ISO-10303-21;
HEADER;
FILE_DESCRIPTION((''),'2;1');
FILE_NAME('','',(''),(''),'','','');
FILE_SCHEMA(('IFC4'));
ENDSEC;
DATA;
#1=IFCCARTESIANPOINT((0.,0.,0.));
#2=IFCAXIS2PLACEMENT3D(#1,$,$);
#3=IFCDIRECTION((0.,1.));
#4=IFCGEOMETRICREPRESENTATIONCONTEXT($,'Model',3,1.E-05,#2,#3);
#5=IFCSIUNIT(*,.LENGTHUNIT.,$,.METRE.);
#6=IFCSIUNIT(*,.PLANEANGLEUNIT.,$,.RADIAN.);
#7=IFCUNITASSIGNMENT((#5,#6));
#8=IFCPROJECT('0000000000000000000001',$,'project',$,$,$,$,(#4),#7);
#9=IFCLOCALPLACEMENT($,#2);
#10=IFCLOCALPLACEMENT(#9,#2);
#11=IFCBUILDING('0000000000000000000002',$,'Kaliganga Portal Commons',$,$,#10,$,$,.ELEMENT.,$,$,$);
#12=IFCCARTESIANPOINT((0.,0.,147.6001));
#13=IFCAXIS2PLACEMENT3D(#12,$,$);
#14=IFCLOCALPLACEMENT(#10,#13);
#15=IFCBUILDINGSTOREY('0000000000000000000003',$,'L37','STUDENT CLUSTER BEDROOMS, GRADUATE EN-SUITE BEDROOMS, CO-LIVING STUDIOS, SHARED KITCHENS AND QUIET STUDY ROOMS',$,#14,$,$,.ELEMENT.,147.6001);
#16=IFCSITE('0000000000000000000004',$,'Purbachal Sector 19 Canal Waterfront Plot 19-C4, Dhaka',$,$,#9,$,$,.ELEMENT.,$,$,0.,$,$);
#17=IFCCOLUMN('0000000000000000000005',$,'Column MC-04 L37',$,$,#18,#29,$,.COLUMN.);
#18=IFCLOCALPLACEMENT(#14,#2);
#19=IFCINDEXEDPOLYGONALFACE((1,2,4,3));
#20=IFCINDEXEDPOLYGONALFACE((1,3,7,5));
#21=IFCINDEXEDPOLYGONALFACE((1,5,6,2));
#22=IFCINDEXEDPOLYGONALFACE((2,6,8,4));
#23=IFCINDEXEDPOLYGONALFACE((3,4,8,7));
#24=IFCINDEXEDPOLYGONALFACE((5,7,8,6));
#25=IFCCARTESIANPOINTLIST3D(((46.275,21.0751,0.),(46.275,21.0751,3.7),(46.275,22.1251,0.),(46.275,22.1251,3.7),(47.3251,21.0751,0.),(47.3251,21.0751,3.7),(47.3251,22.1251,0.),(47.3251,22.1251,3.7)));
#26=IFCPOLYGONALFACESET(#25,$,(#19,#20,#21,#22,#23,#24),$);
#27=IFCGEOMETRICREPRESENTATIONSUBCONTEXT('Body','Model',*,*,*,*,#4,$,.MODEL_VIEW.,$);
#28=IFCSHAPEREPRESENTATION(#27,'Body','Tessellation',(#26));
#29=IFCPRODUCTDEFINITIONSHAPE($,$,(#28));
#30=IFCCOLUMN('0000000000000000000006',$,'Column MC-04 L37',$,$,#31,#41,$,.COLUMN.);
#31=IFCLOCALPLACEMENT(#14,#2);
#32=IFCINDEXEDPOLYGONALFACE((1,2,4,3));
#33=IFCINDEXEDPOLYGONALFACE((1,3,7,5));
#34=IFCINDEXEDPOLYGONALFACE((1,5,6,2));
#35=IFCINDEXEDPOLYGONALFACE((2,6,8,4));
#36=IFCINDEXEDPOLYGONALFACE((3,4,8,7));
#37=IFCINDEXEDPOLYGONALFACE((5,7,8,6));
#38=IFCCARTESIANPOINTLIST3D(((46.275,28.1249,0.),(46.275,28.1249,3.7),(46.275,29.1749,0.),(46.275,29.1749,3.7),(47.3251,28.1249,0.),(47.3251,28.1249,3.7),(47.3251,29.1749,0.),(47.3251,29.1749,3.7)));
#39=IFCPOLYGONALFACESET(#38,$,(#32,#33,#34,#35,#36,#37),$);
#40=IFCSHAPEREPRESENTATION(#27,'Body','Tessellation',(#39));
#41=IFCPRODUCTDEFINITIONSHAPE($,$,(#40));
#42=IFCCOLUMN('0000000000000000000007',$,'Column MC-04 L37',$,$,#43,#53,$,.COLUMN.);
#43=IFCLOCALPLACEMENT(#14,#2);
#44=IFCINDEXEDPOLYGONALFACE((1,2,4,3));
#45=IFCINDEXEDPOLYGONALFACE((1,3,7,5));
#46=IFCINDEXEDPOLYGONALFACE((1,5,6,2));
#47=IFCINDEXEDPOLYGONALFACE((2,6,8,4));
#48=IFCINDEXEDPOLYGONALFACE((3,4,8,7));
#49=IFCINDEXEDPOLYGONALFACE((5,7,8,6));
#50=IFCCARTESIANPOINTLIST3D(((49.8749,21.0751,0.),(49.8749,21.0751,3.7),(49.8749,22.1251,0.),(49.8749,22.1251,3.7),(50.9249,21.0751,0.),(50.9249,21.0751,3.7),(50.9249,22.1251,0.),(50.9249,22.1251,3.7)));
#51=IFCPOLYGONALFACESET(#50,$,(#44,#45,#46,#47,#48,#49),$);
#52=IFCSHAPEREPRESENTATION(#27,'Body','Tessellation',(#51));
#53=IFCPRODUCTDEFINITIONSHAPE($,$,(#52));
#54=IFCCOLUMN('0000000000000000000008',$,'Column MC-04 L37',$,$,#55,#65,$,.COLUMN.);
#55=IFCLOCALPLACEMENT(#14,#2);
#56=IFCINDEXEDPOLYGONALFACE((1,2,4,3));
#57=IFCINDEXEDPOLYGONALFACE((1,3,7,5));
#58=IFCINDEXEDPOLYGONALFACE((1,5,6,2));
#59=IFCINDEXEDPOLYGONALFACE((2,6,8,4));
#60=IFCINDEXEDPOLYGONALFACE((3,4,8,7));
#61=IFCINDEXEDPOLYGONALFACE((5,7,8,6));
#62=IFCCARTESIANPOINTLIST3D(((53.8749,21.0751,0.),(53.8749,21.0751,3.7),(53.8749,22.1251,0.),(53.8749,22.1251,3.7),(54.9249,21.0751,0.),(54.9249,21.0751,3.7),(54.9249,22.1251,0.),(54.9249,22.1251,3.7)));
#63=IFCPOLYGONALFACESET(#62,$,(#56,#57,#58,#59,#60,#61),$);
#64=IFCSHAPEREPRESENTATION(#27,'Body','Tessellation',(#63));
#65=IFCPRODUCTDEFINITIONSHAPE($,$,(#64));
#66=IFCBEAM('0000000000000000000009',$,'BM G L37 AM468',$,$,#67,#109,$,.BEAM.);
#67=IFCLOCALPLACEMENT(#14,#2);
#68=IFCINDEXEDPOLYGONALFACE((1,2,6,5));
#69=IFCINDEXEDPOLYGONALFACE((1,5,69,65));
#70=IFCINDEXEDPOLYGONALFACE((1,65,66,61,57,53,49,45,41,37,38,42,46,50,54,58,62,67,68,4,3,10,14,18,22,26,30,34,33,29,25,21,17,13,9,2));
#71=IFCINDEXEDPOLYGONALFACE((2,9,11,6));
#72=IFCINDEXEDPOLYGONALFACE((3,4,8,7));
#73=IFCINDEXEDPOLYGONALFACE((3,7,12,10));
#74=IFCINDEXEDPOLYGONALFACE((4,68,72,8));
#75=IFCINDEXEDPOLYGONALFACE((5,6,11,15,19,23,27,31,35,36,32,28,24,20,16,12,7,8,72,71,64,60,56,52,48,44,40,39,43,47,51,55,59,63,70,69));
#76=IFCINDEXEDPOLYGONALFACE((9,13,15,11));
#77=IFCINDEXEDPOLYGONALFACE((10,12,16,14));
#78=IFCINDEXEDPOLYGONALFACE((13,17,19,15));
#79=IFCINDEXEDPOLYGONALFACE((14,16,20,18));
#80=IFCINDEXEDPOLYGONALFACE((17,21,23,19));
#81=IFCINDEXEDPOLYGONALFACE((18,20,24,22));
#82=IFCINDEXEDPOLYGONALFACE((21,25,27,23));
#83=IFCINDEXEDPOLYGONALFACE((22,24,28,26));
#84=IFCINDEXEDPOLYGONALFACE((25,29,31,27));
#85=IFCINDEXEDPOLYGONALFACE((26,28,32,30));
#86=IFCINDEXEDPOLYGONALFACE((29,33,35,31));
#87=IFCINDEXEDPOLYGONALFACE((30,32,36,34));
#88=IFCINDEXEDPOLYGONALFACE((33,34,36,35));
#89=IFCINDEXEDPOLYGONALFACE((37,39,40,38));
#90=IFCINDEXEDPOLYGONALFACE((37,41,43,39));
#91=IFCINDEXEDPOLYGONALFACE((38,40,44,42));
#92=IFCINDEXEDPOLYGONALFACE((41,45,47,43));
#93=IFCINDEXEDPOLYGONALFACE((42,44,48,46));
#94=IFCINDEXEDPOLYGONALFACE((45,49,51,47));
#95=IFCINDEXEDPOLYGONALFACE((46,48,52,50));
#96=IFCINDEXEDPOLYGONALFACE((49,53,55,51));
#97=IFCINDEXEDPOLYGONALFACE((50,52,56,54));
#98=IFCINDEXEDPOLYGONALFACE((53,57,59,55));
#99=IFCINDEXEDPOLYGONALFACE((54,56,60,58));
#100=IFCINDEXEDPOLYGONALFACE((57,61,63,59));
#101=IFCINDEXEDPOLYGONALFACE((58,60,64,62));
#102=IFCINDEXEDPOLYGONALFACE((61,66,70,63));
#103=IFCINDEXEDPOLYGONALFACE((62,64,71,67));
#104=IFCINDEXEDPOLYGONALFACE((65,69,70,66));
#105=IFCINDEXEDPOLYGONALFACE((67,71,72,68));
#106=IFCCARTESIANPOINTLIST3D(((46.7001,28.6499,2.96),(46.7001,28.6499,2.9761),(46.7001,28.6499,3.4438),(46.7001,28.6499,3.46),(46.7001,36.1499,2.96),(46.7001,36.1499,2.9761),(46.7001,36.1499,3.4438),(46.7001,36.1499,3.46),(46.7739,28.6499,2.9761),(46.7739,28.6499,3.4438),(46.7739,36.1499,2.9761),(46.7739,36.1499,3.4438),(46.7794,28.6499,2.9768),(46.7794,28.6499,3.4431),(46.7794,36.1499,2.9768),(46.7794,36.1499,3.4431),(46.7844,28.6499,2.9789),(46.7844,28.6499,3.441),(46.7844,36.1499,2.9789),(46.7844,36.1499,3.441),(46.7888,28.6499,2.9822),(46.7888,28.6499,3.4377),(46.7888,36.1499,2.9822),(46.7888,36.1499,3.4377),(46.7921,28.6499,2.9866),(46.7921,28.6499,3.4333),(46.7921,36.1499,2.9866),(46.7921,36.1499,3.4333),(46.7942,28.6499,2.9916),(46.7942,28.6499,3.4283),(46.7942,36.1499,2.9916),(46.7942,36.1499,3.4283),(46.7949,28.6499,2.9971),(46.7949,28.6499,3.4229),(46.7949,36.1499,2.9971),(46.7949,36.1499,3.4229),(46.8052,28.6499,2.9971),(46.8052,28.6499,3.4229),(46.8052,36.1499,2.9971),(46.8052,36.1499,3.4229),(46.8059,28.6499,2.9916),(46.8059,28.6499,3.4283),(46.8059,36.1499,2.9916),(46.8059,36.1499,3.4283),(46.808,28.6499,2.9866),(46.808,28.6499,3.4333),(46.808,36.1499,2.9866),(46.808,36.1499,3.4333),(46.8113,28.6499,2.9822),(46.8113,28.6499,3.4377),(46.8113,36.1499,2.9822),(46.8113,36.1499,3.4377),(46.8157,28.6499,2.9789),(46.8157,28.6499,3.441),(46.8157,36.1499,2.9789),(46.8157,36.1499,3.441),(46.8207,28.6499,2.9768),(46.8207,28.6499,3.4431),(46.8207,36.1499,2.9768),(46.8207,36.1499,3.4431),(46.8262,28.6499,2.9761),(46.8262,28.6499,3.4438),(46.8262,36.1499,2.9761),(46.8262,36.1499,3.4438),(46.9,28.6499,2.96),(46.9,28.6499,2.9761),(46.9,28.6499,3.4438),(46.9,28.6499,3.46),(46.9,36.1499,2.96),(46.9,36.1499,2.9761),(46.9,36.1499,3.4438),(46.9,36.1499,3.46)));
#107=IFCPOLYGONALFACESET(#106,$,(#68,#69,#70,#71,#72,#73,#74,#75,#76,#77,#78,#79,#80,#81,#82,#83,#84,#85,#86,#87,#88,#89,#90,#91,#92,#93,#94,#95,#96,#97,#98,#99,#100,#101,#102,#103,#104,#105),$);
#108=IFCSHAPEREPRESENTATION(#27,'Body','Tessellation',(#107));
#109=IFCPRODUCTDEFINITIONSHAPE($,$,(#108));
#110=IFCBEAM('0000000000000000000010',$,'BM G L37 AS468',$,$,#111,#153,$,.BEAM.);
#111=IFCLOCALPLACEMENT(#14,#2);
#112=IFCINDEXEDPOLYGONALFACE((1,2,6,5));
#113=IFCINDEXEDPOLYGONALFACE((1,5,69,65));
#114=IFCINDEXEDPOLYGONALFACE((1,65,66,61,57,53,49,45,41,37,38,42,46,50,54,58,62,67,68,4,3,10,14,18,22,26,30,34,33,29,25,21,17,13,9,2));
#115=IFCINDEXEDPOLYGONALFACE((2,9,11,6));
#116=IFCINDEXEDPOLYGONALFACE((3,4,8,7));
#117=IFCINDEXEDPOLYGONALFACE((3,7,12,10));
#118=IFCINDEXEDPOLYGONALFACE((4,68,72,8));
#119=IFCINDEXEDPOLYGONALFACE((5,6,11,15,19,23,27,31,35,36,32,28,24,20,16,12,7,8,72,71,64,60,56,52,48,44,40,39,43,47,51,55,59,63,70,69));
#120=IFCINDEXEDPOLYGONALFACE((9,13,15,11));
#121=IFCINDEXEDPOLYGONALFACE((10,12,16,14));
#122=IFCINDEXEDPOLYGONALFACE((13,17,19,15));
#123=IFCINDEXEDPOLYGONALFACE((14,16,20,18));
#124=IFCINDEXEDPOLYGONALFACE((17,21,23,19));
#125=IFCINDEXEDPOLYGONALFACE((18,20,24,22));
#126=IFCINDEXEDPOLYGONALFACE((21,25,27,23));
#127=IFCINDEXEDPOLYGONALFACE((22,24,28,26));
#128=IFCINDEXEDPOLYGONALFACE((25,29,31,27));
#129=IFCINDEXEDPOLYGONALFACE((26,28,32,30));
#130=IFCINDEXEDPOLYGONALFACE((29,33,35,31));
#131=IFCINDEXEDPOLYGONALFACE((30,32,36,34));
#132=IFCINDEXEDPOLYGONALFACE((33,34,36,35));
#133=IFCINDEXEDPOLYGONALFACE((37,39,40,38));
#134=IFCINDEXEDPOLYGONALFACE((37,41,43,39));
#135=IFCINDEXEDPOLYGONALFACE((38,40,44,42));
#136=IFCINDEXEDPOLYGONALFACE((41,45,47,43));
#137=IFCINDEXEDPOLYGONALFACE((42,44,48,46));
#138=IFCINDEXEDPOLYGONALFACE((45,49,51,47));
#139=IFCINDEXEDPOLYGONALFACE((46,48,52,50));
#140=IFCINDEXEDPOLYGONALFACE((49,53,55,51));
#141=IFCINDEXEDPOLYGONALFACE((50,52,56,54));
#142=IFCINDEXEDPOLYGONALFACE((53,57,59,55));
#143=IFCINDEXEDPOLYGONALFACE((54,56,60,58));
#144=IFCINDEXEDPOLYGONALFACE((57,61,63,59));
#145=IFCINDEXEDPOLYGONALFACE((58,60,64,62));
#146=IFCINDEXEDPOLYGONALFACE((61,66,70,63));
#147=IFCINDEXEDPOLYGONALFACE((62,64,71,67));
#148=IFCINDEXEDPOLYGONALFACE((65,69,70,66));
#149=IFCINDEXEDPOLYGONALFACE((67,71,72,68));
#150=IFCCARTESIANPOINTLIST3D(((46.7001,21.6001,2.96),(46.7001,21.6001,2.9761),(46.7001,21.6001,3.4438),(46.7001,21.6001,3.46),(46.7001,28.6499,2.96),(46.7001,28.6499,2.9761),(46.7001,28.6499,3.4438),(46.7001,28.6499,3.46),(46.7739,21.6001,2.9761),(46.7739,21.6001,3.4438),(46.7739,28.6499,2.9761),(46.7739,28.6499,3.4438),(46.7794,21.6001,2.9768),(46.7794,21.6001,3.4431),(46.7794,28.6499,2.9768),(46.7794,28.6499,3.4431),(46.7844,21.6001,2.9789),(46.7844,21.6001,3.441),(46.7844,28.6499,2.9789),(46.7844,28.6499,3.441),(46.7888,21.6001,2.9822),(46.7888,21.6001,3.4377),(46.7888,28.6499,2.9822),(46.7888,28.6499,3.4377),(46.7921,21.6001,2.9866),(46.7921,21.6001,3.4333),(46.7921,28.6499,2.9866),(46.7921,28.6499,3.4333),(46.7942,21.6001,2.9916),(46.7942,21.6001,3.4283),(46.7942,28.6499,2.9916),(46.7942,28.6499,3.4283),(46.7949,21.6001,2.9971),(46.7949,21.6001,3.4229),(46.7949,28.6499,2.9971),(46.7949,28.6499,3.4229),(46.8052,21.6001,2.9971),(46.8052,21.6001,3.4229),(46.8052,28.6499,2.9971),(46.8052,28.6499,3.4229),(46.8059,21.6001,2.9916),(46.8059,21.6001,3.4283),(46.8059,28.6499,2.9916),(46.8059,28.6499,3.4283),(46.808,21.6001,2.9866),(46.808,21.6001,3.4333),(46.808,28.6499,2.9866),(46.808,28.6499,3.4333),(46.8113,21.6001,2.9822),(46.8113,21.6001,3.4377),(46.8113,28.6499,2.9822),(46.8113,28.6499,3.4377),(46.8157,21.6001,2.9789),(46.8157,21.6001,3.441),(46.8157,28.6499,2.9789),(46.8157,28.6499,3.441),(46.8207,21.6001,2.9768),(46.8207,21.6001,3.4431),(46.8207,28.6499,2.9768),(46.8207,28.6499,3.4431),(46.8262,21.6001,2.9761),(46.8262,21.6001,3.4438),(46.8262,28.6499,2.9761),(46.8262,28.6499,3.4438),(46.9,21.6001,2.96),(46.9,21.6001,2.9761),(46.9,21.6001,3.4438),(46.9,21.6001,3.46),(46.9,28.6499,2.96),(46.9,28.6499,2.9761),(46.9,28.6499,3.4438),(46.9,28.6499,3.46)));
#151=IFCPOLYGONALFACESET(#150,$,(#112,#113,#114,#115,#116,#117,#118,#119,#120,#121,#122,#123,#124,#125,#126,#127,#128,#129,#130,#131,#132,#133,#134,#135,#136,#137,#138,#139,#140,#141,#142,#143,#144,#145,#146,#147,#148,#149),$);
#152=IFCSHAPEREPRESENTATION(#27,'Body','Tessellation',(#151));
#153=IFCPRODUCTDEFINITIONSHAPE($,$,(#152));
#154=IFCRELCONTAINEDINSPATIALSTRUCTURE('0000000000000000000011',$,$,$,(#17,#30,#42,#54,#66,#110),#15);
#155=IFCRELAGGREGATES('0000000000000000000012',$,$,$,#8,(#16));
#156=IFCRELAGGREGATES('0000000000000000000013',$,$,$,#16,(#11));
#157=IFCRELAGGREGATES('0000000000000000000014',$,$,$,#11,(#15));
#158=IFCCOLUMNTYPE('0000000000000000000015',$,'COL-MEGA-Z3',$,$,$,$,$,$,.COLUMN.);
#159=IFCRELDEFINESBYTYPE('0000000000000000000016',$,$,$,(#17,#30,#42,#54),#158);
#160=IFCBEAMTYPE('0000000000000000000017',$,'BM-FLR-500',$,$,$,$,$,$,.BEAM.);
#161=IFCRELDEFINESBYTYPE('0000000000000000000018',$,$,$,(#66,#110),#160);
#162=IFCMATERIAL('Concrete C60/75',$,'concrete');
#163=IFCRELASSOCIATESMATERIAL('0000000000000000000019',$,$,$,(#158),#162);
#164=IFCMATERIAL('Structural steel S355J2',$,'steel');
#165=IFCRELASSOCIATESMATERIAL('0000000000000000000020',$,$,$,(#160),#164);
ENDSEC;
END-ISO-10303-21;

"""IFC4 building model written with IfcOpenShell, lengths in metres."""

from ifc_helpers import new_model, si_unit, direction, frame, origin, origin_2d, place, context, subcontext, project, spatial, rectangle, i_section, extrude, source, transform, mapped, material, material_profile, profile_set, type_object, element, save


model = new_model("IFC4")

# Units and contexts
model_context = context("Model", 3, precision=1e-05, world=origin(), true_north=direction((0.0, 1.0)))
body_context = subcontext(model_context, "Body", "Model", "MODEL_VIEW")
ifc_project = project(units=[si_unit("LENGTHUNIT", "METRE"), si_unit("PLANEANGLEUNIT", "RADIAN")], contexts=[model_context])

# Site, building, storey
site_placement = place(None, origin())
site = spatial("IfcSite", under=ifc_project, at=site_placement, Name="Purbachal Sector 19 Canal Waterfront Plot 19-C4, Dhaka", CompositionType="ELEMENT", RefElevation=0.0)
building_placement = place(site_placement, origin())
building = spatial("IfcBuilding", under=site, at=building_placement, Name="Kaliganga Portal Commons", CompositionType="ELEMENT")
storey_placement = place(building_placement, frame((0.0, 0.0, 147.6001)))
storey = spatial("IfcBuildingStorey", under=building, at=storey_placement, Name="L37", Description="STUDENT CLUSTER BEDROOMS, GRADUATE EN-SUITE BEDROOMS, CO-LIVING STUDIOS, SHARED KITCHENS AND QUIET STUDY ROOMS", CompositionType="ELEMENT", Elevation=147.6001)

# Columns
ifc_material_1 = material(Name="Concrete C60/75", Category="concrete")
ifc_material_profile_1 = material_profile(ifc_material_1, rectangle(XDim=1.05, YDim=1.05, at=origin_2d()), Name="RC 1050x1050")
ifc_profile_set_1 = profile_set([ifc_material_profile_1], Name="Concrete C60/75")
column_type = type_object("IfcColumnType", Name="COL-MEGA-Z3", PredefinedType="COLUMN", material=ifc_profile_set_1)
shared_shape_1 = source(origin(), body_context, "Body", "SweptSolid", [
    extrude(rectangle(XDim=1.05, YDim=1.05, at=origin_2d()), origin(), (0.0, 0.0, 1.0), 3.7),
])
for number, where, z_axis, x_axis, name in (
    (1, (46.8, 21.6001, 0.0), (0.0, 0.0, 1.0), (1.0, 0.0, 0.0), "Column MC-04 L37"),
    (2, (46.8, 28.6499, 0.0), (0.0, 0.0, 1.0), (1.0, 0.0, 0.0), "Column MC-04 L37"),
    (3, (50.3999, 21.6001, 0.0), (0.0, 0.0, 1.0), (1.0, 0.0, 0.0), "Column MC-04 L37"),
    (4, (54.3999, 21.6001, 0.0), (0.0, 0.0, 1.0), (1.0, 0.0, 0.0), "Column MC-04 L37"),
):
    element("IfcColumn", number, at=place(storey_placement, frame(where, z_axis=z_axis, x_axis=x_axis)), inside=storey, type_object=column_type, Name=name, PredefinedType="COLUMN", context=body_context, shape_type="MappedRepresentation", body=[
        mapped(shared_shape_1, transform((0.0, 0.0, 0.0), x_axis=(1.0, 0.0, 0.0), y_axis=(0.0, 1.0, 0.0), z_axis=(0.0, 0.0, 1.0), scale=1.0)),
    ])

# Beams
ifc_material_2 = material(Name="Structural steel S355J2", Category="steel")
ifc_material_profile_2 = material_profile(ifc_material_2, i_section(OverallWidth=0.2, OverallDepth=0.5, WebThickness=0.0103, FlangeThickness=0.0161, FilletRadius=0.021, at=origin_2d()), Name="IPE 500")
ifc_profile_set_2 = profile_set([ifc_material_profile_2], Name="Structural steel S355J2 wide-flange")
beam_type_1 = type_object("IfcBeamType", Name="BM-FLR-500", PredefinedType="BEAM", material=ifc_profile_set_2)
shared_shape_2 = source(origin(), body_context, "Body", "SweptSolid", [
    extrude(i_section(OverallWidth=0.2, OverallDepth=0.5, WebThickness=0.0103, FlangeThickness=0.0161, FilletRadius=0.021, at=origin_2d()), origin(), (0.0, 0.0, 1.0), 7.5),
])
beam_1_placement = place(storey_placement, frame((46.8, 28.6499, 3.21), z_axis=(0.0, 1.0, 0.0), x_axis=(-1.0, 0.0, 0.0)))
element("IfcBeam", 5, at=beam_1_placement, inside=storey, type_object=beam_type_1, Name="BM G L37 AM468", PredefinedType="BEAM", context=body_context, shape_type="MappedRepresentation", body=[
    mapped(shared_shape_2, transform((0.0, 0.0, 0.0), x_axis=(1.0, 0.0, 0.0), y_axis=(0.0, 1.0, 0.0), z_axis=(0.0, 0.0, 1.0), scale=1.0)),
])
shared_shape_3 = source(origin(), body_context, "Body", "SweptSolid", [
    extrude(i_section(OverallWidth=0.2, OverallDepth=0.5, WebThickness=0.0103, FlangeThickness=0.0161, FilletRadius=0.021, at=origin_2d()), origin(), (0.0, 0.0, 1.0), 7.0498),
])
beam_2_placement = place(storey_placement, frame((46.8, 21.6001, 3.21), z_axis=(0.0, 1.0, 0.0), x_axis=(-1.0, 0.0, 0.0)))
element("IfcBeam", 6, at=beam_2_placement, inside=storey, type_object=beam_type_1, Name="BM G L37 AS468", PredefinedType="BEAM", context=body_context, shape_type="MappedRepresentation", body=[
    mapped(shared_shape_3, transform((0.0, 0.0, 0.0), x_axis=(1.0, 0.0, 0.0), y_axis=(0.0, 1.0, 0.0), z_axis=(0.0, 0.0, 1.0), scale=1.0)),
])

save(model, "model.ifc")
